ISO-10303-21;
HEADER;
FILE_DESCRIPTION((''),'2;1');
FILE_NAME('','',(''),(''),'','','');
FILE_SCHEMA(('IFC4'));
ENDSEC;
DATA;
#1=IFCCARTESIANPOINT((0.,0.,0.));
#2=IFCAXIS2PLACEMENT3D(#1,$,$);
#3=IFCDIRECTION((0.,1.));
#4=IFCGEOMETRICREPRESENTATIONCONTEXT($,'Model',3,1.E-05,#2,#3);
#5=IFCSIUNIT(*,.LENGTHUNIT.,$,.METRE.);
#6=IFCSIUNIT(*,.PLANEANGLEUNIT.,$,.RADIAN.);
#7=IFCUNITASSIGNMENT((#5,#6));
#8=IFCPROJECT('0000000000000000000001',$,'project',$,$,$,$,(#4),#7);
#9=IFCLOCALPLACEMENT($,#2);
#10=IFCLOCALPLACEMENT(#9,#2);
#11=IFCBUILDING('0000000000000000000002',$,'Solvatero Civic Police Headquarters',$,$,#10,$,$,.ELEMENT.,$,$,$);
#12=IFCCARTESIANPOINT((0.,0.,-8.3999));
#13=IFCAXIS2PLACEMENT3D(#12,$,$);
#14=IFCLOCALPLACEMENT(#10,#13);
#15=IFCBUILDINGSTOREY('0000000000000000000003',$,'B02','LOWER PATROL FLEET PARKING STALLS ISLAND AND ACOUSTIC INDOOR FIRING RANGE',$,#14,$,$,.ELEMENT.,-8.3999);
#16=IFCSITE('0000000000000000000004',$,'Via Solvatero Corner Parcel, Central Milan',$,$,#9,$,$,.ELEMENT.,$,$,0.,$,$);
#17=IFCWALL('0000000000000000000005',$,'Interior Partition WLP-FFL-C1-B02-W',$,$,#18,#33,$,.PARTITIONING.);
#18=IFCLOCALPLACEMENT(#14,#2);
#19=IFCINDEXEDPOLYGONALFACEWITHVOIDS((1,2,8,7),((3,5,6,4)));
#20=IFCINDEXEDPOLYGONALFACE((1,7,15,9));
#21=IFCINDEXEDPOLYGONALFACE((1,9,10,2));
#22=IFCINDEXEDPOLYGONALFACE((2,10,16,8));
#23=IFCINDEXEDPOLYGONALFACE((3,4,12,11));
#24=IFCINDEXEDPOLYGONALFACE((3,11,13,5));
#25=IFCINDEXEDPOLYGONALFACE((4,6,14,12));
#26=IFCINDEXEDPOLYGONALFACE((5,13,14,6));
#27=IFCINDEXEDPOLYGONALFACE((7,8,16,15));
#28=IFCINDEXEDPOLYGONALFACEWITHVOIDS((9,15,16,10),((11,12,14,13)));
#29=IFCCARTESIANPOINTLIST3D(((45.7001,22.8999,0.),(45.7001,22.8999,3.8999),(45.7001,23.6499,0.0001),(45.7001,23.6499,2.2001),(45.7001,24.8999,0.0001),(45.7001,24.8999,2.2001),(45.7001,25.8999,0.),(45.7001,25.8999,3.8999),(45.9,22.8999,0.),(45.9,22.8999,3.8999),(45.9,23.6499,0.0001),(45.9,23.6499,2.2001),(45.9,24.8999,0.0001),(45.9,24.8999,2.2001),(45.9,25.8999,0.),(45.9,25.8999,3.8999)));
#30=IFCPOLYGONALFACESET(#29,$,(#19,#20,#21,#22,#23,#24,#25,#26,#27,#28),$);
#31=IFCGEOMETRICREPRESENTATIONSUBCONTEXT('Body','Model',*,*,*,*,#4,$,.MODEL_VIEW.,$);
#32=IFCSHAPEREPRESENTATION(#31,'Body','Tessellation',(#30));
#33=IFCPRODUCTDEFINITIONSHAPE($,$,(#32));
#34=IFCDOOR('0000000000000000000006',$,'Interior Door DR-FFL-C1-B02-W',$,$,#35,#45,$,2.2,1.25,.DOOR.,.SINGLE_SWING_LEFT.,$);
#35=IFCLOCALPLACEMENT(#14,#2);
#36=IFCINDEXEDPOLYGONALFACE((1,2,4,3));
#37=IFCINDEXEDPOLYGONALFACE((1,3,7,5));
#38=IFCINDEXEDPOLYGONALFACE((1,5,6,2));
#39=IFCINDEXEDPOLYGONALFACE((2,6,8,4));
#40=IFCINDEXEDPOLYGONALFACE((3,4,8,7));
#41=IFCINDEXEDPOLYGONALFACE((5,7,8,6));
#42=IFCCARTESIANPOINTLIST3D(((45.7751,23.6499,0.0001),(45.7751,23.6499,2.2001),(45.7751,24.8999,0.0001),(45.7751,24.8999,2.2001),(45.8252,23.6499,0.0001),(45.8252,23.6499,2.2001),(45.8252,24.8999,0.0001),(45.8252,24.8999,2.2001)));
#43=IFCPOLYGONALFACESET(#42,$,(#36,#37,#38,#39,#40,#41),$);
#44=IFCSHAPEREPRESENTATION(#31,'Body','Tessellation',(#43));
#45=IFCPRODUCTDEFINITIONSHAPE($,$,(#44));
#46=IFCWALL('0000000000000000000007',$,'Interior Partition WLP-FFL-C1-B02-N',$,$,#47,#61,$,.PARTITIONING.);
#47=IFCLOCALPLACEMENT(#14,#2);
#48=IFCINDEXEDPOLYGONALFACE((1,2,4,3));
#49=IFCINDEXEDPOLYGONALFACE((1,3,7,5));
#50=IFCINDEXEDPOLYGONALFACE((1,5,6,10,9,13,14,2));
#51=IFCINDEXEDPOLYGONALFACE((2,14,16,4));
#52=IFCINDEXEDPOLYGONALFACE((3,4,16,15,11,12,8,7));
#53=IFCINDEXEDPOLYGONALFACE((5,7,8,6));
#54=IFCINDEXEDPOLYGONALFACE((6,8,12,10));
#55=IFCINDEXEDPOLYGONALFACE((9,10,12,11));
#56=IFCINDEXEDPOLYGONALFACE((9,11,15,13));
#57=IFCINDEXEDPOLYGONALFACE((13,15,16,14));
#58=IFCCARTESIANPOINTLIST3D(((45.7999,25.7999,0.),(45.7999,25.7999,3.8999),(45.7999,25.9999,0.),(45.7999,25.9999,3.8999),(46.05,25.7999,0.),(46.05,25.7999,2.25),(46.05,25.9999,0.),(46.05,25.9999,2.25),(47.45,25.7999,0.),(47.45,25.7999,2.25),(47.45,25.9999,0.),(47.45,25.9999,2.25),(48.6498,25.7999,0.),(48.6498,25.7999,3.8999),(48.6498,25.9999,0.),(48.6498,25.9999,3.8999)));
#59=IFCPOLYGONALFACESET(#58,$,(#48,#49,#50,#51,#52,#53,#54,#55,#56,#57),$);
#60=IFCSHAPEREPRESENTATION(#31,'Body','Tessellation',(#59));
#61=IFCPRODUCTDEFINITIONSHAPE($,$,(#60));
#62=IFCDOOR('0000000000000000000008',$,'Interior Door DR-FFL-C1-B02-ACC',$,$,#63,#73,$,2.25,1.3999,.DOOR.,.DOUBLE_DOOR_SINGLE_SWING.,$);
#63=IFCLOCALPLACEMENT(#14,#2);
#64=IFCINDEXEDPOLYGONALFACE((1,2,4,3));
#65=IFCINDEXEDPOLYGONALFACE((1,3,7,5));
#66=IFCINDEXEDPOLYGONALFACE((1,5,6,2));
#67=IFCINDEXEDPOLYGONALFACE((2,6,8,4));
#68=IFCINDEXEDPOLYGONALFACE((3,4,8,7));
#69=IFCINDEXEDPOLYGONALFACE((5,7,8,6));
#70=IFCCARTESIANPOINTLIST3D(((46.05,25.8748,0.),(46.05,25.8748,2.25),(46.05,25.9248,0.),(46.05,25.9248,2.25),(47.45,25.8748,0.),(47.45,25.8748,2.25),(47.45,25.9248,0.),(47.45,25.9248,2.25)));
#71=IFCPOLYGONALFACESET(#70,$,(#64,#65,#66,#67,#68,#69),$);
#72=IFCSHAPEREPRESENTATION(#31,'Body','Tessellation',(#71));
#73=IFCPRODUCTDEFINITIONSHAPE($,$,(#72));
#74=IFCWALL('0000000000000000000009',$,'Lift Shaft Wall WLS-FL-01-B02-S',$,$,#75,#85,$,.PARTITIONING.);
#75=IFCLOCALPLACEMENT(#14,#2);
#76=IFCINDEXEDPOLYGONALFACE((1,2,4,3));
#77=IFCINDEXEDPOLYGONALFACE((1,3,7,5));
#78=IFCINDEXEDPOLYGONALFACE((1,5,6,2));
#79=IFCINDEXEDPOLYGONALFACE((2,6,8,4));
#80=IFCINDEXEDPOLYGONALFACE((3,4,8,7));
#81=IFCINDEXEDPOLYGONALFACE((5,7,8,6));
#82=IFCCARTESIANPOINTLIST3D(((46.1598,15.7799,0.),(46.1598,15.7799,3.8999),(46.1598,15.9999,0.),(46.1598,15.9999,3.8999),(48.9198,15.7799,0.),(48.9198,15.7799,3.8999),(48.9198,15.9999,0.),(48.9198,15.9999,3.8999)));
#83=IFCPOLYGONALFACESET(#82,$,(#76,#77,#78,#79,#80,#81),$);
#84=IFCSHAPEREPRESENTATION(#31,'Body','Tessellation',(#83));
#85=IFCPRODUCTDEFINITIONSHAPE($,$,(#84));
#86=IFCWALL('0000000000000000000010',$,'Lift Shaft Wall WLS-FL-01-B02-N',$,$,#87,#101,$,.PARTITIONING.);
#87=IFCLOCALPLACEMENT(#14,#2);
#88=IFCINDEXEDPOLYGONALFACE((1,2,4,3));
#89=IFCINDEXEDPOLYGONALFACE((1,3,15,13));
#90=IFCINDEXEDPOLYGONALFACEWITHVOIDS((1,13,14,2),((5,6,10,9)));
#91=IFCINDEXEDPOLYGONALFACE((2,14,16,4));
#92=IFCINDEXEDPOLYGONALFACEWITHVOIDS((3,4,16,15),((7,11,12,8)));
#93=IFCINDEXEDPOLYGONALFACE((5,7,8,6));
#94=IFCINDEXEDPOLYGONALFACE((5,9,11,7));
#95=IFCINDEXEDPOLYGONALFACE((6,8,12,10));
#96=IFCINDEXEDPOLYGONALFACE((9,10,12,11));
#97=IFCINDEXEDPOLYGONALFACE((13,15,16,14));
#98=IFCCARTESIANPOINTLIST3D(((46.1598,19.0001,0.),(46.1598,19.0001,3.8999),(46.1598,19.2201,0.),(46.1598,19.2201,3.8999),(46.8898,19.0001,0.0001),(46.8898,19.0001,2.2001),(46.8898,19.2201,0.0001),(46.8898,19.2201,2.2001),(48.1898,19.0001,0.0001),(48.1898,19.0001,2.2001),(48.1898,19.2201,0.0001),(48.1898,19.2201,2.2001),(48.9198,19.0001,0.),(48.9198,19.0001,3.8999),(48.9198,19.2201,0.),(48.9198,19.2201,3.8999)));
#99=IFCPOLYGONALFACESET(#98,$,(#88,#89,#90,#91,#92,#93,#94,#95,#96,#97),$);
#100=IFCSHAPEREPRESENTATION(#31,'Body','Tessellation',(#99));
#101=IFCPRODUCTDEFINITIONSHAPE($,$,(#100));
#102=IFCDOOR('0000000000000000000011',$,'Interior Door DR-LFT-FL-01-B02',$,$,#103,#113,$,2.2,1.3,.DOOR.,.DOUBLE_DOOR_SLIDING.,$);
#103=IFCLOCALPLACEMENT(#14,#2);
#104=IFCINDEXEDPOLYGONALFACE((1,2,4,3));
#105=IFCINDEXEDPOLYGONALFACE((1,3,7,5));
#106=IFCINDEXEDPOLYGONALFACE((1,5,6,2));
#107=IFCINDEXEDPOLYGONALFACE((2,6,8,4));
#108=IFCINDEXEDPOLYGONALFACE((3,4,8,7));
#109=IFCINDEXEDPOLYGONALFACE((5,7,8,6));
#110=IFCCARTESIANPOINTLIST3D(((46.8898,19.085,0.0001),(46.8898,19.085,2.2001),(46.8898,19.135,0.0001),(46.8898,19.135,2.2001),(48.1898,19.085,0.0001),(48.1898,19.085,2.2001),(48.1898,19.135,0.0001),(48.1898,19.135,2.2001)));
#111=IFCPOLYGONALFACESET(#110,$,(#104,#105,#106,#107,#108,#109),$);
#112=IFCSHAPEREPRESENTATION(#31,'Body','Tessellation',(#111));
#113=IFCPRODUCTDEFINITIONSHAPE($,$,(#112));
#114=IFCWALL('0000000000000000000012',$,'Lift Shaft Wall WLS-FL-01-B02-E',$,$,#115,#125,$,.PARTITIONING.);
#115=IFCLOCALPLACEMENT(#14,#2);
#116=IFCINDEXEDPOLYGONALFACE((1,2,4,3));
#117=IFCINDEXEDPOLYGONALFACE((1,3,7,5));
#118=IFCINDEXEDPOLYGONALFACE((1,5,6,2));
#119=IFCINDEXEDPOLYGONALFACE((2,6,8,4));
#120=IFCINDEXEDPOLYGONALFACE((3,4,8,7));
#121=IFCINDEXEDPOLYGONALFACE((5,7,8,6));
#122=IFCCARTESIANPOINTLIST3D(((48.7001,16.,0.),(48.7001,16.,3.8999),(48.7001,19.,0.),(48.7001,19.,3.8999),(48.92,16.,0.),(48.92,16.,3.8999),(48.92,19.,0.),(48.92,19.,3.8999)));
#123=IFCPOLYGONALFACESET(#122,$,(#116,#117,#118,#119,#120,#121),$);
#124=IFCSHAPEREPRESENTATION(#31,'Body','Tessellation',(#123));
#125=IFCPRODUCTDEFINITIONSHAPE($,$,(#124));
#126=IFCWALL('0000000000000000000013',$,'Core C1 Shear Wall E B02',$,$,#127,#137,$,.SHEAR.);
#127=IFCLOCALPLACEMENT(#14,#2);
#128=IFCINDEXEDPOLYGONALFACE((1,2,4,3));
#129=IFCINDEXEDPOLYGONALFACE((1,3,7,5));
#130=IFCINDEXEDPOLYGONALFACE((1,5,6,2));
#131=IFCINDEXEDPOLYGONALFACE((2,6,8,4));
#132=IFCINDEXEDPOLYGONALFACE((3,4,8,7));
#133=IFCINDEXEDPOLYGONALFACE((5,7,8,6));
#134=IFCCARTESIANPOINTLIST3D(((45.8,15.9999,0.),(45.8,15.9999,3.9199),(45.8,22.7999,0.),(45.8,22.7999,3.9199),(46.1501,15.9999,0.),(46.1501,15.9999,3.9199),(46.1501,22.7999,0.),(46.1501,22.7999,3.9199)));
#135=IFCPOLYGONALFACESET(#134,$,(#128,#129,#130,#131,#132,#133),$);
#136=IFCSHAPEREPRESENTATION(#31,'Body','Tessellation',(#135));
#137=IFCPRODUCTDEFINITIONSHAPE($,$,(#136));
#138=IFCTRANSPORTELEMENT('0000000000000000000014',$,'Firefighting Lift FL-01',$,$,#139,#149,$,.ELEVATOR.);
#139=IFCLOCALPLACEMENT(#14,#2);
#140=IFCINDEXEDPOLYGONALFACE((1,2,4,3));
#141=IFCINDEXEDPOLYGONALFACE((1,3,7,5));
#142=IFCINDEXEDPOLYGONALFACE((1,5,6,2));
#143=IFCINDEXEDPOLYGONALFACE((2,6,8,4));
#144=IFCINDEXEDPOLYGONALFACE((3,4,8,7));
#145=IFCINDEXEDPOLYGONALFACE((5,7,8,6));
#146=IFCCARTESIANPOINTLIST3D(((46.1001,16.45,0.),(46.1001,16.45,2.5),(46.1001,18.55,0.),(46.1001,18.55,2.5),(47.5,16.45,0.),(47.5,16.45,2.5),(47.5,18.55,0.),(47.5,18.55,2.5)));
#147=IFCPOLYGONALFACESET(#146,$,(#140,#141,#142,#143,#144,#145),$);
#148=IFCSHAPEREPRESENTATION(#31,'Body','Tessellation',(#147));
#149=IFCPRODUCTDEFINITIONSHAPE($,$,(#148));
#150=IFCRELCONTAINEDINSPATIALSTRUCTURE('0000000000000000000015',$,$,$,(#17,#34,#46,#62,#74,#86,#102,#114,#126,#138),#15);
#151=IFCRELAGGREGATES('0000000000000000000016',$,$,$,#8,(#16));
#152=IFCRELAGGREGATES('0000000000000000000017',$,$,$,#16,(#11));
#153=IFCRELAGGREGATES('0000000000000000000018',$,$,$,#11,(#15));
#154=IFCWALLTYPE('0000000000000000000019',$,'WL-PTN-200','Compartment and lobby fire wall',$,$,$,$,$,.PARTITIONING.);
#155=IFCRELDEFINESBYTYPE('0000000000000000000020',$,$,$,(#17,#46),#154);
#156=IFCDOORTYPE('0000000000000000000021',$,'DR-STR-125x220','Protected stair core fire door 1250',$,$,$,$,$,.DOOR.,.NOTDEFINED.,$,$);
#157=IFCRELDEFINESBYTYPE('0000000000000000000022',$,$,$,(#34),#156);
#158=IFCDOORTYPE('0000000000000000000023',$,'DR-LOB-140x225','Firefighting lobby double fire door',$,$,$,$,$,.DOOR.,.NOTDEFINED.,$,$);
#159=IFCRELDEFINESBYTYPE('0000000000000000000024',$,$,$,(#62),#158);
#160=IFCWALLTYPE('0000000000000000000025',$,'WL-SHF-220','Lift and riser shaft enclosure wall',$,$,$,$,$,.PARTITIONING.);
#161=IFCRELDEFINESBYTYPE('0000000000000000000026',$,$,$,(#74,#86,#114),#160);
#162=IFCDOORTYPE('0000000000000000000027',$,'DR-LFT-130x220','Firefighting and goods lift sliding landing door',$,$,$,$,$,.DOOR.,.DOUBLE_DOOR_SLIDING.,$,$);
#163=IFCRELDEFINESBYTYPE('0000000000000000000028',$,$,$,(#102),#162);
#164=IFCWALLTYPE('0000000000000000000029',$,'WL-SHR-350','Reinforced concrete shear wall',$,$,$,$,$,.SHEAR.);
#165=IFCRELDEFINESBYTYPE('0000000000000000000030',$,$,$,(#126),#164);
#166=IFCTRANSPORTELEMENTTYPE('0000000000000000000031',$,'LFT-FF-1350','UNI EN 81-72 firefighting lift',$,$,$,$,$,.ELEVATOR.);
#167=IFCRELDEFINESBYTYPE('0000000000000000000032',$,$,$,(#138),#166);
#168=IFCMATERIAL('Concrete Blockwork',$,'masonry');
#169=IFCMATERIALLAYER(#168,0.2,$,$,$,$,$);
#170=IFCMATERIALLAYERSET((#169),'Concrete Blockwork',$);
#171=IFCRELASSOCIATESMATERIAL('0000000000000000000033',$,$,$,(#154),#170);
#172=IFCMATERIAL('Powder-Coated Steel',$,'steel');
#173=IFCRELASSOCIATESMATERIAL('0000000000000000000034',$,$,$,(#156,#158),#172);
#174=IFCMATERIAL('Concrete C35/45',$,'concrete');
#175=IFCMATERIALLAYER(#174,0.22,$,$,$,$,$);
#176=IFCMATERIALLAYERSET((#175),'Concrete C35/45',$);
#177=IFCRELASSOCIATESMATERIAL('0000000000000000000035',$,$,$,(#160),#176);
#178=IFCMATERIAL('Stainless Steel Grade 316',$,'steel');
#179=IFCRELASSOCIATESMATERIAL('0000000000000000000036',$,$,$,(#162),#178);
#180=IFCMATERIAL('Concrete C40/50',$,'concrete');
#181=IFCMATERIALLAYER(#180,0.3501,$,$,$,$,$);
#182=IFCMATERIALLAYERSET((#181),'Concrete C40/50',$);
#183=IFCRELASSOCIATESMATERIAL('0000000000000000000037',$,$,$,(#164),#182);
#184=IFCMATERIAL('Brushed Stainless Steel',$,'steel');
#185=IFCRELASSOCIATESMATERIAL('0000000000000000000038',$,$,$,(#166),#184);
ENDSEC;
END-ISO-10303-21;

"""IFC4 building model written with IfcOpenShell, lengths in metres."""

from ifc_helpers import new_model, si_unit, direction, frame, frame_2d, origin, origin_2d, place, context, subcontext, project, spatial, rectangle, extrude, material, layer, layer_set, type_object, element, fill, save


model = new_model("IFC4")

# Units and contexts
model_context = context("Model", 3, precision=1e-05, world=origin(), true_north=direction((0.0, 1.0)))
body_context = subcontext(model_context, "Body", "Model", "MODEL_VIEW")
ifc_project = project(units=[si_unit("LENGTHUNIT", "METRE"), si_unit("PLANEANGLEUNIT", "RADIAN")], contexts=[model_context])

# Site, building, storey
site_placement = place(None, origin())
site = spatial("IfcSite", under=ifc_project, at=site_placement, Name="Via Solvatero Corner Parcel, Central Milan", CompositionType="ELEMENT", RefElevation=0.0)
building_placement = place(site_placement, origin())
building = spatial("IfcBuilding", under=site, at=building_placement, Name="Solvatero Civic Police Headquarters", CompositionType="ELEMENT")
storey_placement = place(building_placement, frame((0.0, 0.0, -8.3999)))
storey = spatial("IfcBuildingStorey", under=building, at=storey_placement, Name="B02", Description="LOWER PATROL FLEET PARKING STALLS ISLAND AND ACOUSTIC INDOOR FIRING RANGE", CompositionType="ELEMENT", Elevation=-8.3999)

# Shared definitions
ifc_material_1 = material(Name="Concrete C40/50", Category="concrete")

# Walls, openings, doors
ifc_material_2 = material(Name="Concrete Blockwork", Category="masonry")
ifc_layer_1 = layer(ifc_material_2, 0.2)
ifc_layer_set_1 = layer_set([ifc_layer_1], Name="Concrete Blockwork")
wall_type_1 = type_object("IfcWallType", Name="WL-PTN-200", Description="Compartment and lobby fire wall", PredefinedType="PARTITIONING", material=ifc_layer_set_1)
wall_1_placement = place(storey_placement, frame((45.8, 22.8999, 0.0), z_axis=(0.0, 0.0, 1.0), x_axis=(0.0, 1.0, 0.0)))
wall_1 = element("IfcWall", 1, at=wall_1_placement, inside=storey, type_object=wall_type_1, Name="Interior Partition WLP-FFL-C1-B02-W", PredefinedType="PARTITIONING", context=body_context, shape_type="SweptSolid", body=[
    extrude(rectangle(XDim=3.0, YDim=0.2, at=frame_2d((1.5, 0.0))), origin(), (0.0, 0.0, 1.0), 3.8999),
])
opening_1_placement = place(wall_1_placement, frame((0.75, 0.0, 0.0)))
opening_1 = element("IfcOpeningElement", 2, at=opening_1_placement, cuts=wall_1, PredefinedType="OPENING", context=body_context, shape_type="SweptSolid", body=[
    extrude(rectangle(XDim=1.25, YDim=2.2, at=frame_2d((0.625, 1.1001))), frame((0.0, 0.1099, 0.0), z_axis=(0.0, -1.0, 0.0), x_axis=(1.0, 0.0, 0.0)), (0.0, 0.0, 1.0), 0.22),
])
ifc_material_3 = material(Name="Powder-Coated Steel", Category="steel")
door_type_1 = type_object("IfcDoorType", Name="DR-STR-125x220", Description="Protected stair core fire door 1250", OperationType="NOTDEFINED", PredefinedType="DOOR", material=ifc_material_3)
door_1_placement = place(opening_1_placement, origin())
door_1 = element("IfcDoor", 3, at=door_1_placement, inside=storey, type_object=door_type_1, Name="Interior Door DR-FFL-C1-B02-W", OperationType="SINGLE_SWING_LEFT", OverallHeight=2.2, OverallWidth=1.25, PredefinedType="DOOR", context=body_context, shape_type="SweptSolid", body=[
    extrude(rectangle(XDim=1.25, YDim=2.2, at=frame_2d((0.625, 1.1001))), frame((0.0, 0.0249, 0.0), z_axis=(0.0, -1.0, 0.0), x_axis=(1.0, 0.0, 0.0)), (0.0, 0.0, 1.0), 0.05),
])
fill(opening_1, door_1)
wall_2_placement = place(storey_placement, frame((45.8, 25.8999, 0.0), z_axis=(0.0, 0.0, 1.0), x_axis=(1.0, 0.0, 0.0)))
wall_2 = element("IfcWall", 4, at=wall_2_placement, inside=storey, type_object=wall_type_1, Name="Interior Partition WLP-FFL-C1-B02-N", PredefinedType="PARTITIONING", context=body_context, shape_type="SweptSolid", body=[
    extrude(rectangle(XDim=2.8499, YDim=0.2, at=frame_2d((1.4248, 0.0))), origin(), (0.0, 0.0, 1.0), 3.8999),
])
opening_2_placement = place(wall_2_placement, frame((0.25, 0.0, 0.0)))
opening_2 = element("IfcOpeningElement", 5, at=opening_2_placement, cuts=wall_2, PredefinedType="OPENING", context=body_context, shape_type="SweptSolid", body=[
    extrude(rectangle(XDim=1.3999, YDim=2.25, at=frame_2d((0.7, 1.125))), frame((0.0, 0.1099, 0.0), z_axis=(0.0, -1.0, 0.0), x_axis=(1.0, 0.0, 0.0)), (0.0, 0.0, 1.0), 0.22),
])
door_type_2 = type_object("IfcDoorType", Name="DR-LOB-140x225", Description="Firefighting lobby double fire door", OperationType="NOTDEFINED", PredefinedType="DOOR", material=ifc_material_3)
door_2_placement = place(opening_2_placement, origin())
door_2 = element("IfcDoor", 6, at=door_2_placement, inside=storey, type_object=door_type_2, Name="Interior Door DR-FFL-C1-B02-ACC", OperationType="DOUBLE_DOOR_SINGLE_SWING", OverallHeight=2.25, OverallWidth=1.3999, PredefinedType="DOOR", context=body_context, shape_type="SweptSolid", body=[
    extrude(rectangle(XDim=1.3999, YDim=2.25, at=frame_2d((0.7, 1.125))), frame((0.0, 0.0249, 0.0), z_axis=(0.0, -1.0, 0.0), x_axis=(1.0, 0.0, 0.0)), (0.0, 0.0, 1.0), 0.05),
])
fill(opening_2, door_2)

# Wall
ifc_material_4 = material(Name="Concrete C35/45", Category="concrete")
ifc_layer_2 = layer(ifc_material_4, 0.22)
ifc_layer_set_2 = layer_set([ifc_layer_2], Name="Concrete C35/45")
wall_type_2 = type_object("IfcWallType", Name="WL-SHF-220", Description="Lift and riser shaft enclosure wall", PredefinedType="PARTITIONING", material=ifc_layer_set_2)
wall_3_placement = place(storey_placement, frame((46.1599, 15.8899, 0.0), z_axis=(0.0, 0.0, 1.0), x_axis=(1.0, 0.0, 0.0)))
element("IfcWall", 7, at=wall_3_placement, inside=storey, type_object=wall_type_2, Name="Lift Shaft Wall WLS-FL-01-B02-S", PredefinedType="PARTITIONING", context=body_context, shape_type="SweptSolid", body=[
    extrude(rectangle(XDim=2.76, YDim=0.22, at=frame_2d((1.3799, 0.0))), origin(), (0.0, 0.0, 1.0), 3.8999),
])

# Wall, opening, door
wall_4_placement = place(storey_placement, frame((46.1599, 19.1101, 0.0), z_axis=(0.0, 0.0, 1.0), x_axis=(1.0, 0.0, 0.0)))
wall_4 = element("IfcWall", 8, at=wall_4_placement, inside=storey, type_object=wall_type_2, Name="Lift Shaft Wall WLS-FL-01-B02-N", PredefinedType="PARTITIONING", context=body_context, shape_type="SweptSolid", body=[
    extrude(rectangle(XDim=2.76, YDim=0.22, at=frame_2d((1.3799, 0.0))), origin(), (0.0, 0.0, 1.0), 3.8999),
])
opening_3_placement = place(wall_4_placement, frame((0.73, 0.0, 0.0)))
opening_3 = element("IfcOpeningElement", 9, at=opening_3_placement, cuts=wall_4, PredefinedType="OPENING", context=body_context, shape_type="SweptSolid", body=[
    extrude(rectangle(XDim=1.3, YDim=2.2, at=frame_2d((0.6499, 1.1001))), frame((0.0, 0.1199, 0.0), z_axis=(0.0, -1.0, 0.0), x_axis=(1.0, 0.0, 0.0)), (0.0, 0.0, 1.0), 0.24),
])
ifc_material_5 = material(Name="Stainless Steel Grade 316", Category="steel")
door_type_3 = type_object("IfcDoorType", Name="DR-LFT-130x220", Description="Firefighting and goods lift sliding landing door", OperationType="DOUBLE_DOOR_SLIDING", PredefinedType="DOOR", material=ifc_material_5)
door_3_placement = place(opening_3_placement, origin())
door_3 = element("IfcDoor", 10, at=door_3_placement, inside=storey, type_object=door_type_3, Name="Interior Door DR-LFT-FL-01-B02", OperationType="DOUBLE_DOOR_SLIDING", OverallHeight=2.2, OverallWidth=1.3, PredefinedType="DOOR", context=body_context, shape_type="SweptSolid", body=[
    extrude(rectangle(XDim=1.3, YDim=2.2, at=frame_2d((0.6499, 1.1001))), frame((0.0, 0.0249, 0.0), z_axis=(0.0, -1.0, 0.0), x_axis=(1.0, 0.0, 0.0)), (0.0, 0.0, 1.0), 0.05),
])
fill(opening_3, door_3)

# Walls
wall_5_placement = place(storey_placement, frame((48.8101, 16.0, 0.0), z_axis=(0.0, 0.0, 1.0), x_axis=(0.0, 1.0, 0.0)))
element("IfcWall", 11, at=wall_5_placement, inside=storey, type_object=wall_type_2, Name="Lift Shaft Wall WLS-FL-01-B02-E", PredefinedType="PARTITIONING", context=body_context, shape_type="SweptSolid", body=[
    extrude(rectangle(XDim=3.0, YDim=0.22, at=frame_2d((1.5, 0.0))), origin(), (0.0, 0.0, 1.0), 3.8999),
])
ifc_layer_3 = layer(ifc_material_1, 0.3501)
ifc_layer_set_3 = layer_set([ifc_layer_3], Name="Concrete C40/50")
wall_type_3 = type_object("IfcWallType", Name="WL-SHR-350", Description="Reinforced concrete shear wall", PredefinedType="SHEAR", material=ifc_layer_set_3)
wall_6_placement = place(storey_placement, frame((45.9751, 16.0, 0.0), z_axis=(0.0, 0.0, 1.0), x_axis=(0.0, 1.0, 0.0)))
element("IfcWall", 12, at=wall_6_placement, inside=storey, type_object=wall_type_3, Name="Core C1 Shear Wall E B02", PredefinedType="SHEAR", context=body_context, shape_type="SweptSolid", body=[
    extrude(rectangle(XDim=6.8, YDim=0.3501, at=frame_2d((3.3999, 0.0))), origin(), (0.0, 0.0, 1.0), 3.9199),
])

# Transport element
ifc_material_6 = material(Name="Brushed Stainless Steel", Category="steel")
transport_element_type = type_object("IfcTransportElementType", Name="LFT-FF-1350", Description="UNI EN 81-72 firefighting lift", PredefinedType="ELEVATOR", material=ifc_material_6)
transport_element_placement = place(storey_placement, frame((46.8, 17.5, 0.0), z_axis=(0.0, 0.0, 1.0), x_axis=(1.0, 0.0, 0.0)))
element("IfcTransportElement", 13, at=transport_element_placement, inside=storey, type_object=transport_element_type, Name="Firefighting Lift FL-01", PredefinedType="ELEVATOR", context=body_context, shape_type="SweptSolid", body=[
    extrude(rectangle(XDim=1.3999, YDim=2.1001, at=origin_2d()), origin(), (0.0, 0.0, 1.0), 2.5),
])

save(model, "model.ifc")
